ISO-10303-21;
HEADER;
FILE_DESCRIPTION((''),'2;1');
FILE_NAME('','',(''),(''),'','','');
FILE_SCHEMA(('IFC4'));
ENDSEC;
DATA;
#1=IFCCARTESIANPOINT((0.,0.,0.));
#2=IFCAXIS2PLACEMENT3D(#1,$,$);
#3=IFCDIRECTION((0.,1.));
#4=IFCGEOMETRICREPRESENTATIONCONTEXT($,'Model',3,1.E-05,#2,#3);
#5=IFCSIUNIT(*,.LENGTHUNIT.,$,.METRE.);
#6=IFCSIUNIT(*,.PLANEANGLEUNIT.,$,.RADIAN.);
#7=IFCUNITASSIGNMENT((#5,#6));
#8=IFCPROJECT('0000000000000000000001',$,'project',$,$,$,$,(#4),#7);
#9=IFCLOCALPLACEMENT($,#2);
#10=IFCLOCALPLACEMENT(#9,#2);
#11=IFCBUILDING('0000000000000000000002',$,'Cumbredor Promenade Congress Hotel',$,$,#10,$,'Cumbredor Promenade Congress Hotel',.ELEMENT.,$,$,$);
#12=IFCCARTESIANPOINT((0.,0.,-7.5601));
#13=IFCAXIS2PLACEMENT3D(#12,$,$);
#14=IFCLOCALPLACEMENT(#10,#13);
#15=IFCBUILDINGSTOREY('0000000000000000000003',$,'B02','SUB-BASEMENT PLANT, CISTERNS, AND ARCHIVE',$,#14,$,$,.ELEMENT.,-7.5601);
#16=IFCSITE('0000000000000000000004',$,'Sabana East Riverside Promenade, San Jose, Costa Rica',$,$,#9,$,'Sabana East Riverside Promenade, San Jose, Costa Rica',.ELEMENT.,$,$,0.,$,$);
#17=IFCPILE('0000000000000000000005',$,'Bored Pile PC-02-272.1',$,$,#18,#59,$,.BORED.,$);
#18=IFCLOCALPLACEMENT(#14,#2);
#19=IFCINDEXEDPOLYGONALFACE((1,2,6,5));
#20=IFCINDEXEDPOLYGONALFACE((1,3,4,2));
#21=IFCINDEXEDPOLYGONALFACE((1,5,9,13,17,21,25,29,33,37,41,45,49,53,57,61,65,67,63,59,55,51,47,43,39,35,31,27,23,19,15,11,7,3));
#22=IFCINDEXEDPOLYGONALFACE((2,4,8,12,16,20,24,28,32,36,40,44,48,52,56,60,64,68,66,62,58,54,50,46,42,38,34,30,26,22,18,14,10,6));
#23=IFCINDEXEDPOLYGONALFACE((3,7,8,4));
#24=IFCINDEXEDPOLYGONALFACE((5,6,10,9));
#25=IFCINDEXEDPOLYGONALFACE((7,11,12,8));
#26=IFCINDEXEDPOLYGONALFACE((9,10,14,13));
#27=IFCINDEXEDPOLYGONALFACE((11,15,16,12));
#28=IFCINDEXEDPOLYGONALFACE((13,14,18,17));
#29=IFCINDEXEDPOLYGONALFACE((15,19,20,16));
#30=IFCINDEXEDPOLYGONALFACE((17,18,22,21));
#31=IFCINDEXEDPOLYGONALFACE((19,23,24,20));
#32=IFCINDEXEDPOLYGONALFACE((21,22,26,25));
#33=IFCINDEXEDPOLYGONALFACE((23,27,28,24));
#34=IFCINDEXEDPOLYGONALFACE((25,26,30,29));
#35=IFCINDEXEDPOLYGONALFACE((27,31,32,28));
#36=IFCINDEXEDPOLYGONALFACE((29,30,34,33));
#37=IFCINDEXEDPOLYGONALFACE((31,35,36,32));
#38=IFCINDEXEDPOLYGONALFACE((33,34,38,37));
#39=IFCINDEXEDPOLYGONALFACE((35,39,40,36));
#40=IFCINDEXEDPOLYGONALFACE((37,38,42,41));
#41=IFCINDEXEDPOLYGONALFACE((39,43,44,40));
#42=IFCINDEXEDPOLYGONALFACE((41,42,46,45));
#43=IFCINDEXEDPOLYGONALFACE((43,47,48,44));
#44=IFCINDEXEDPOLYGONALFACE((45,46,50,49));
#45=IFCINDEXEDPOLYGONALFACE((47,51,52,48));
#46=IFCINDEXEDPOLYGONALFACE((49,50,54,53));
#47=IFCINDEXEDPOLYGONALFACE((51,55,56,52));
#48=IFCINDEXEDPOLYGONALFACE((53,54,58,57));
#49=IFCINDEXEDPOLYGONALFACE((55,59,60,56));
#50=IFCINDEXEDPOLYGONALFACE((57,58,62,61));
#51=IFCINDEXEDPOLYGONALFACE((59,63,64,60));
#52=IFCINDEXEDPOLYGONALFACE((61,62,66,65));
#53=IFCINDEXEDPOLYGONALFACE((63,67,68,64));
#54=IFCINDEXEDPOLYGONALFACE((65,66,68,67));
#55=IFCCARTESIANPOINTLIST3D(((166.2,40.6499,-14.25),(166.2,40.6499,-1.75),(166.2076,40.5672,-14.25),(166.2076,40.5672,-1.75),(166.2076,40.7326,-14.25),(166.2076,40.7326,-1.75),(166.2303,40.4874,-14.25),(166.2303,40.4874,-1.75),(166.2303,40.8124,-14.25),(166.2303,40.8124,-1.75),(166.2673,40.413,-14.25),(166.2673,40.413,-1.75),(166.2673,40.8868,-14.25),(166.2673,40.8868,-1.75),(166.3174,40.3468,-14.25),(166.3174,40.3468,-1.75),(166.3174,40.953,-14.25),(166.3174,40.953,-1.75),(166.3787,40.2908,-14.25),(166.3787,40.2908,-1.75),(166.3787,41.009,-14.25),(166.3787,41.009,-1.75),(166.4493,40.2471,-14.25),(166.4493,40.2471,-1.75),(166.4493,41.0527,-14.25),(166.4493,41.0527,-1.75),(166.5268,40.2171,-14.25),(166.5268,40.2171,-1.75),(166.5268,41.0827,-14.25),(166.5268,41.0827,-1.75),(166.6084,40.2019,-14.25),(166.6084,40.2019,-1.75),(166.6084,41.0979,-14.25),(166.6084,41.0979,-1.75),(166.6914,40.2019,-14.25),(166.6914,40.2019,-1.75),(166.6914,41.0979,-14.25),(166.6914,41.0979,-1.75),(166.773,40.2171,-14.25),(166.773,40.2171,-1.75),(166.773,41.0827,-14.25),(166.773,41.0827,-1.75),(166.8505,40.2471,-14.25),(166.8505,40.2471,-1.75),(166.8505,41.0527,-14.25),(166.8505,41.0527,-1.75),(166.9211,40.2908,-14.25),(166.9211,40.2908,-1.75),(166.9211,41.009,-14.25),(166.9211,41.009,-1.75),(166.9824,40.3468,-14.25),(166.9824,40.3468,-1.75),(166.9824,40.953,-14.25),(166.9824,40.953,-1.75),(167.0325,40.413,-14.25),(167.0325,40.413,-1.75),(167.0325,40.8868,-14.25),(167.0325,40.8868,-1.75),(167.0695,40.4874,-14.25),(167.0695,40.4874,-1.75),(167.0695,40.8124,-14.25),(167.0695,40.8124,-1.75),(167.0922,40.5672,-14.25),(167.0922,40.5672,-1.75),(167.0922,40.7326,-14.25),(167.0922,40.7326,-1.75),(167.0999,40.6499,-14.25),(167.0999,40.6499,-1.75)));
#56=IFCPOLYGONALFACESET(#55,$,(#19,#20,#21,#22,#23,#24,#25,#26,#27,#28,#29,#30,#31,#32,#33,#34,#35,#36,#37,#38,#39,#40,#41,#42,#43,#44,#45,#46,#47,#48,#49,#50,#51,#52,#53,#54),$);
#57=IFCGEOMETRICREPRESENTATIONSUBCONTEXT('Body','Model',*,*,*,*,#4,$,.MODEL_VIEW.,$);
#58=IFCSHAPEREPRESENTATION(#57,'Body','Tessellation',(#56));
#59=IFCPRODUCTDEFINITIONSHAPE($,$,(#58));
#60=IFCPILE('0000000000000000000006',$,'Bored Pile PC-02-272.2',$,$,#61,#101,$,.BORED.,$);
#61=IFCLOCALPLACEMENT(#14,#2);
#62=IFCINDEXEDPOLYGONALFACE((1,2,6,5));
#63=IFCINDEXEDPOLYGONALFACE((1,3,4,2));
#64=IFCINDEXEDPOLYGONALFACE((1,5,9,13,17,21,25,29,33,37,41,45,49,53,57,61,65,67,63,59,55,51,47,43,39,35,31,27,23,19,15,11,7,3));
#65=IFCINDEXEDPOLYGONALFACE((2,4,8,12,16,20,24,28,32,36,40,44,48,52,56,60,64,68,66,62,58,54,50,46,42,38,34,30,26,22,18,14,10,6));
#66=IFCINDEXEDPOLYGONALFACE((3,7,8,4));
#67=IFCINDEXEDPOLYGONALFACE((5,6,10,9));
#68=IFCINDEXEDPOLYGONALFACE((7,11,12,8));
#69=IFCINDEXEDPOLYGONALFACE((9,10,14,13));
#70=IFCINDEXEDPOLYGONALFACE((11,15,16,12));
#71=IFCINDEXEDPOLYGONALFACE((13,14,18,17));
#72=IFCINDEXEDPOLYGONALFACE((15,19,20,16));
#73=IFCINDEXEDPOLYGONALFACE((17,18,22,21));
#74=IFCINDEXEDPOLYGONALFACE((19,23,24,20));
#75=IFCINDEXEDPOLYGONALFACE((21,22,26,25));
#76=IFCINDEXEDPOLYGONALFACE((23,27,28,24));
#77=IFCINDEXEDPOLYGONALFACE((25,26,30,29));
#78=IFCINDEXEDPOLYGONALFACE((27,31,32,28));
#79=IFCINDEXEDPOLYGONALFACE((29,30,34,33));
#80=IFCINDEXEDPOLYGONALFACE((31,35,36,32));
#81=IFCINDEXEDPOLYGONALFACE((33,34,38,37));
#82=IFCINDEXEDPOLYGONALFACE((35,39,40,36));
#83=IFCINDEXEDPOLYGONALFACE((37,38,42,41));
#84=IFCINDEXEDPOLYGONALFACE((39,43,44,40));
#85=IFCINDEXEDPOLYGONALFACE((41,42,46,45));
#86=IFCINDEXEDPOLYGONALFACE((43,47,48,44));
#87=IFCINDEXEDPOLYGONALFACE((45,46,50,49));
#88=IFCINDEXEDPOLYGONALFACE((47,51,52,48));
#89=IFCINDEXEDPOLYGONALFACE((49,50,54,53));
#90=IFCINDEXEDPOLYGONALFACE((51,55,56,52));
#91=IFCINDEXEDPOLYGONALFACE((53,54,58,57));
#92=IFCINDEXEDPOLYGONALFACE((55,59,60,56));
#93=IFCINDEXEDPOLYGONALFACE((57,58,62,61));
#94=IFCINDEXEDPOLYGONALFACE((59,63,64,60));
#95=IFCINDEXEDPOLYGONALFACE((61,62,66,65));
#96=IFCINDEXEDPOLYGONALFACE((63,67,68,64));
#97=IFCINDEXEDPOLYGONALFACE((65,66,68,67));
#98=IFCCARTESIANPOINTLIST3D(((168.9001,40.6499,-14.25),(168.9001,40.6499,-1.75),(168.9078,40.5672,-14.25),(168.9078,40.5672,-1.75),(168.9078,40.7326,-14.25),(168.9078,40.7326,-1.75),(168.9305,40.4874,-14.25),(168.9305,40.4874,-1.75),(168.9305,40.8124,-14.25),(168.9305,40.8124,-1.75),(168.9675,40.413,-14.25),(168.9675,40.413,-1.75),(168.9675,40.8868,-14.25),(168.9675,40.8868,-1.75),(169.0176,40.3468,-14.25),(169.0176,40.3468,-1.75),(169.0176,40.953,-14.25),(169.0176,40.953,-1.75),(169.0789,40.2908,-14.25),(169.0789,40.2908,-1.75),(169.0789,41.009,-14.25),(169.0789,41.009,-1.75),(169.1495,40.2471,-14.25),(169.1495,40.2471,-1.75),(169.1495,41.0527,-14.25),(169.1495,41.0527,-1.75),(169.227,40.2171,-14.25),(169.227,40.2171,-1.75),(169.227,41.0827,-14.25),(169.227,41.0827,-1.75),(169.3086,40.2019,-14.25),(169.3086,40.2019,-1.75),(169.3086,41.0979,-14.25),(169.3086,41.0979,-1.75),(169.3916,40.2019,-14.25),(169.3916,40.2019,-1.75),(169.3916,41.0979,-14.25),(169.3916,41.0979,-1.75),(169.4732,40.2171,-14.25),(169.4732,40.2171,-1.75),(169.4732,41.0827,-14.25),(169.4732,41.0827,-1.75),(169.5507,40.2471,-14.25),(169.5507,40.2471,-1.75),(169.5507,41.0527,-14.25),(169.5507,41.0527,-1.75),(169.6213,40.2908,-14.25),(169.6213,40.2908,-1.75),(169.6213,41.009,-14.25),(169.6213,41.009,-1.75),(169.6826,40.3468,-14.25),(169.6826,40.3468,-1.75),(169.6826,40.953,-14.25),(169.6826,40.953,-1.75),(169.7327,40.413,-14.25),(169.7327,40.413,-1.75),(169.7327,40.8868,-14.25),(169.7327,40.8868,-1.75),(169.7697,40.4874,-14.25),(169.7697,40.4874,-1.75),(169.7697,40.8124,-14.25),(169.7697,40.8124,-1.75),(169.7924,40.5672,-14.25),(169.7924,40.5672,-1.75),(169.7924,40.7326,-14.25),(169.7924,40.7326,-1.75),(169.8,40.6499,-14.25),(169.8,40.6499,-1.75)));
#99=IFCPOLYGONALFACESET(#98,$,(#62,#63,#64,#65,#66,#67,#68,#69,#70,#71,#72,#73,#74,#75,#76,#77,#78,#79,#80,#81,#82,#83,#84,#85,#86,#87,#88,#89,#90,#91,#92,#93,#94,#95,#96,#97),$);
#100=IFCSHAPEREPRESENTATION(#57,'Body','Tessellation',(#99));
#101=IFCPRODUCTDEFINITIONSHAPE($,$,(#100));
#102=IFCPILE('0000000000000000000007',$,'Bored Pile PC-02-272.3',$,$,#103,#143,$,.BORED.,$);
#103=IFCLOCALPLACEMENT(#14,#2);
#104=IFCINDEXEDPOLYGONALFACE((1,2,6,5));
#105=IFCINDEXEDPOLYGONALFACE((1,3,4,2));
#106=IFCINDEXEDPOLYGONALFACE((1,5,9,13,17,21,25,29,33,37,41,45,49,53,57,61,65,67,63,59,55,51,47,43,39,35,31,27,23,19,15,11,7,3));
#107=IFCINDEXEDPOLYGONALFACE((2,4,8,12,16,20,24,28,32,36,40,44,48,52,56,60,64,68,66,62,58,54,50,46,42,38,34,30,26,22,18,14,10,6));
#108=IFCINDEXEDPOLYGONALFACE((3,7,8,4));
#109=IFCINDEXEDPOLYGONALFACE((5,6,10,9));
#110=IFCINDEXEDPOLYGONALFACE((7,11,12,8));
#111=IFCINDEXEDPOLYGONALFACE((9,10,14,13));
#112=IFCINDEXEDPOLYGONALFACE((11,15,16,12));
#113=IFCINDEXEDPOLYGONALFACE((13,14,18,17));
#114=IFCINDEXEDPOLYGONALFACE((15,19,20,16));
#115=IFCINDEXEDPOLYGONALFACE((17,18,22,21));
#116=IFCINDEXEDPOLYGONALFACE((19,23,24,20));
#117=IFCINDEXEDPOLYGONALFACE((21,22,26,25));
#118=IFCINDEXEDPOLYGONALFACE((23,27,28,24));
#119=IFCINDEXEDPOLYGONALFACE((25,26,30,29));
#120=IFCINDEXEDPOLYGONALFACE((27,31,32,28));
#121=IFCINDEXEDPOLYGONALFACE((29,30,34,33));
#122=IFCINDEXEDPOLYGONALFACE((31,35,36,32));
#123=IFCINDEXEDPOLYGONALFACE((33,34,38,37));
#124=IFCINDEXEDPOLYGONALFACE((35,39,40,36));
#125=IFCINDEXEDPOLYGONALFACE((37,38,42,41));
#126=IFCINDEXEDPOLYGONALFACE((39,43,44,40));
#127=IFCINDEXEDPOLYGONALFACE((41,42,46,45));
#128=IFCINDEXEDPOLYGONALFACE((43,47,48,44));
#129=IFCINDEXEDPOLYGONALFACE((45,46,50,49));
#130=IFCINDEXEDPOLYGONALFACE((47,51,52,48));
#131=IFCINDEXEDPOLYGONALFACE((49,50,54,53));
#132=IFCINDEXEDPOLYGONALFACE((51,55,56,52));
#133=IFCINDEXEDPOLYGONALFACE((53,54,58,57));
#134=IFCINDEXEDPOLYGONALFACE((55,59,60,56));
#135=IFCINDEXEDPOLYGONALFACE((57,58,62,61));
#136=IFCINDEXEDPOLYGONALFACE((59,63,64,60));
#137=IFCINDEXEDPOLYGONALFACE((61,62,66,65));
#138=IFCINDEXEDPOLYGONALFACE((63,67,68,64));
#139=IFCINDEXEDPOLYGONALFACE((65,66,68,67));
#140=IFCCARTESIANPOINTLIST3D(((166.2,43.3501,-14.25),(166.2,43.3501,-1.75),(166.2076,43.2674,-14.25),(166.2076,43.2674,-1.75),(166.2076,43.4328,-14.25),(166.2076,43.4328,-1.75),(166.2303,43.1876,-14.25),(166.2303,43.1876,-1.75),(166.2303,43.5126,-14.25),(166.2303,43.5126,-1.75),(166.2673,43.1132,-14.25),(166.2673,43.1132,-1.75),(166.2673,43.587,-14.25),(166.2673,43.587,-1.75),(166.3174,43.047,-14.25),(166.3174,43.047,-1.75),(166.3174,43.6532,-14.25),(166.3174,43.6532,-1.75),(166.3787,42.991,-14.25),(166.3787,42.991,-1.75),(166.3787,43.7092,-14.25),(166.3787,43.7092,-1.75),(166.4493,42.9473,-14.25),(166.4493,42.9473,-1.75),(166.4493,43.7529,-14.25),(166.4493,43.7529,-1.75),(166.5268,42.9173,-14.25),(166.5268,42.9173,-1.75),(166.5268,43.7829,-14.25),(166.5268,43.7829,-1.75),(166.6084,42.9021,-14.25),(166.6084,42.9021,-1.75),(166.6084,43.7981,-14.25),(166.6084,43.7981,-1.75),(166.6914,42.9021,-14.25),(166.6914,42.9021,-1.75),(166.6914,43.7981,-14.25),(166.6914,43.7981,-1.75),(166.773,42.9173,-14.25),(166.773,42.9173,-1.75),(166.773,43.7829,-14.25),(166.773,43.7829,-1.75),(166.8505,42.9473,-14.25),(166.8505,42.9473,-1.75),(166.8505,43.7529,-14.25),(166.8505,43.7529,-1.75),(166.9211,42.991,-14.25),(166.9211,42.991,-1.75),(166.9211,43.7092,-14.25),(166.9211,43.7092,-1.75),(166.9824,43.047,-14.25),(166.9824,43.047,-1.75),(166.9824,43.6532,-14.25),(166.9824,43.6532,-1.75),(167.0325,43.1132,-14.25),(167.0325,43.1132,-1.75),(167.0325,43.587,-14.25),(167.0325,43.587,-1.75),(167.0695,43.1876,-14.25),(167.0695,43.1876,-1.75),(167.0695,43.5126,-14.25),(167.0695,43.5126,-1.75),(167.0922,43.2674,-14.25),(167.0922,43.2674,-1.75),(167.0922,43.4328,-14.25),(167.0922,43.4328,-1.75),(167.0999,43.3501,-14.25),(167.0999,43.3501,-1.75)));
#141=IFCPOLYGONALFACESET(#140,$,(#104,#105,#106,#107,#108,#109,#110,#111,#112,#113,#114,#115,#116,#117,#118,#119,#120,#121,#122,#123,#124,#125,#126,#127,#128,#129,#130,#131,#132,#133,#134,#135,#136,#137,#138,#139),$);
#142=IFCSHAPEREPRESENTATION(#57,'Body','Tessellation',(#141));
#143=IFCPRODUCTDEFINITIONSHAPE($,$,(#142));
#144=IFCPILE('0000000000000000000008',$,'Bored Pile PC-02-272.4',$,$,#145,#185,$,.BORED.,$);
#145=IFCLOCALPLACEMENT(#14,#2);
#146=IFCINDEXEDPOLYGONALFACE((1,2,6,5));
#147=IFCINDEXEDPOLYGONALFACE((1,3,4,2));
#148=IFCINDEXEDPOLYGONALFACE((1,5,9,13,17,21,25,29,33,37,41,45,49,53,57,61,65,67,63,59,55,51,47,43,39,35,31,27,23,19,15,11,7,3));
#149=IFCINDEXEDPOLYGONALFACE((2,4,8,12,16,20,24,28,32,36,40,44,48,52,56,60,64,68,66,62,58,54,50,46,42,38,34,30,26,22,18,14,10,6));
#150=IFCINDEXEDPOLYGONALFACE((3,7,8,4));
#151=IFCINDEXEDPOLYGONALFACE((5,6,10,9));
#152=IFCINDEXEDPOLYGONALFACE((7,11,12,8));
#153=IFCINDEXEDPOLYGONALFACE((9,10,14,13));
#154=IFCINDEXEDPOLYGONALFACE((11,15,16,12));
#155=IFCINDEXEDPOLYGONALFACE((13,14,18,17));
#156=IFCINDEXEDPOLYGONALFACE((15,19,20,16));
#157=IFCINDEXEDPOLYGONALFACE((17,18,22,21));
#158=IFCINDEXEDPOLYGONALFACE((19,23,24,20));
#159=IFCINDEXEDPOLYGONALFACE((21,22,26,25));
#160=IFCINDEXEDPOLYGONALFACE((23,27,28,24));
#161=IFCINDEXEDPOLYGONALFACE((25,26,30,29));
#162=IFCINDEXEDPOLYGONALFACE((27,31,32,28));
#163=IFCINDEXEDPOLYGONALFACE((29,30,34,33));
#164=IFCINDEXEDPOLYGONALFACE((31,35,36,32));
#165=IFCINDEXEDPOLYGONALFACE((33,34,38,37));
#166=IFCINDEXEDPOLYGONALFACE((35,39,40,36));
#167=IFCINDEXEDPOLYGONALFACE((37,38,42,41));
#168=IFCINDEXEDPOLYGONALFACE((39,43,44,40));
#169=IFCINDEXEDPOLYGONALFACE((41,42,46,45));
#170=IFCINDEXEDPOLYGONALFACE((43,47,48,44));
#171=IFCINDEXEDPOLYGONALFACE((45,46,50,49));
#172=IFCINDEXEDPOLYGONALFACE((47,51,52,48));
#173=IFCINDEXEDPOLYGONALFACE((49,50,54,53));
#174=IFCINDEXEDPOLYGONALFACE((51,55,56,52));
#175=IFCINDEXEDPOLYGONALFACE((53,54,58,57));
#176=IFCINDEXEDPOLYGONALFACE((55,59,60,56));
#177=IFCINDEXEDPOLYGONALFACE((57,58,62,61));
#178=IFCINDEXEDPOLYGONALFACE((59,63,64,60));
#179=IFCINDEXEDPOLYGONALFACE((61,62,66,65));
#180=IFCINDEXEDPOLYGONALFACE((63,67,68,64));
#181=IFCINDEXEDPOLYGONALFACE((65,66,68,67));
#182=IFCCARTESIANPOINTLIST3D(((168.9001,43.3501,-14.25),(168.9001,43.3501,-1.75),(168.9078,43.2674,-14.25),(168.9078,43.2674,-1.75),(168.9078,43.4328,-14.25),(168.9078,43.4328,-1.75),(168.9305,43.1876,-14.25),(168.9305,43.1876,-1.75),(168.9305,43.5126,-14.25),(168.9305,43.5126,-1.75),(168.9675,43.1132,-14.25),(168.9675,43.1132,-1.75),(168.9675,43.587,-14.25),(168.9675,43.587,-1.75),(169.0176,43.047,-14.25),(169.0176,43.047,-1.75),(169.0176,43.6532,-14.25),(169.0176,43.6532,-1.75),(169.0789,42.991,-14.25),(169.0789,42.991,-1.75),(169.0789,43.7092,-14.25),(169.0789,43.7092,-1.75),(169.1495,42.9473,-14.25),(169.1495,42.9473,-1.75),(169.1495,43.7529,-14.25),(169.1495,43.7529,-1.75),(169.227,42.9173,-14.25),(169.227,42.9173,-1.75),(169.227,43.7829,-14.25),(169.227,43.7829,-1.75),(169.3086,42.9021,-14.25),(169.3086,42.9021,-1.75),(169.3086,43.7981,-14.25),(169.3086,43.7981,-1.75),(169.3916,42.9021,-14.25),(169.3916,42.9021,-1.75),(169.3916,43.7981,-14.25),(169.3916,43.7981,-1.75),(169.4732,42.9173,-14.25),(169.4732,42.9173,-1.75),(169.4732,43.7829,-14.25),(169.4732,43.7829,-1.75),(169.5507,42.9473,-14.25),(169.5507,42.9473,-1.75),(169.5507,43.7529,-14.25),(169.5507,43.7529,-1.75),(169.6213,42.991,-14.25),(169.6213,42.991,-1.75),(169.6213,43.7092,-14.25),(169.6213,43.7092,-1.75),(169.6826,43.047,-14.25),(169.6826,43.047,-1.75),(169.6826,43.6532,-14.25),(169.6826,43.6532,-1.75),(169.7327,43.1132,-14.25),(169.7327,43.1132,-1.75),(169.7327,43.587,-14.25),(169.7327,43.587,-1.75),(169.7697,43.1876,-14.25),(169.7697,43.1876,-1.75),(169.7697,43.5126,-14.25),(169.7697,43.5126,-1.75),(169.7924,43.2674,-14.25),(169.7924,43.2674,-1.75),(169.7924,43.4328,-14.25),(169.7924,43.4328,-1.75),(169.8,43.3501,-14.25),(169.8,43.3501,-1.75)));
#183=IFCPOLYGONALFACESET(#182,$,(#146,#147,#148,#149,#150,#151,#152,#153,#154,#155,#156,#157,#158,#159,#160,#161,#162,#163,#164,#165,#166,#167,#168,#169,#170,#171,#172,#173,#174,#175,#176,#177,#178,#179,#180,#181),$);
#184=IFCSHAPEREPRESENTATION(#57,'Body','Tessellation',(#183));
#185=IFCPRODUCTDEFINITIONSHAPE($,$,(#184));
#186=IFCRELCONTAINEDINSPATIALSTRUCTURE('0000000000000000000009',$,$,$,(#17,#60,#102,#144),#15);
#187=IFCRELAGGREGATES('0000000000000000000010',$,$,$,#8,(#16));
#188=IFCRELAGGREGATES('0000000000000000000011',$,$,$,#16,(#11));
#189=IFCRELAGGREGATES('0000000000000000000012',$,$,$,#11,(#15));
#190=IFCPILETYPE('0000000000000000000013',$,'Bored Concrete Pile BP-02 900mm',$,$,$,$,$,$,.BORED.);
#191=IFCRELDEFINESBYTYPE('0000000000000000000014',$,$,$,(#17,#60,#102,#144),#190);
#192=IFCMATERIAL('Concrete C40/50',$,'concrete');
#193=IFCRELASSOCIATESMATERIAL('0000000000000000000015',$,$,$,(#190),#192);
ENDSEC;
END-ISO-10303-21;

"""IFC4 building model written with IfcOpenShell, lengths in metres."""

from ifc_helpers import new_model, si_unit, direction, frame, origin, origin_2d, place, context, subcontext, project, spatial, circle, extrude, material, material_profile, profile_set, type_object, element, save


model = new_model("IFC4")

# Units and contexts
model_context = context("Model", 3, precision=1e-05, world=origin(), true_north=direction((0.0, 1.0)))
body_context = subcontext(model_context, "Body", "Model", "MODEL_VIEW")
ifc_project = project(units=[si_unit("LENGTHUNIT", "METRE"), si_unit("PLANEANGLEUNIT", "RADIAN")], contexts=[model_context])

# Site, building, storey
site_placement = place(None, origin())
site = spatial("IfcSite", under=ifc_project, at=site_placement, Name="Sabana East Riverside Promenade, San Jose, Costa Rica", LongName="Sabana East Riverside Promenade, San Jose, Costa Rica", CompositionType="ELEMENT", RefElevation=0.0)
building_placement = place(site_placement, origin())
building = spatial("IfcBuilding", under=site, at=building_placement, Name="Cumbredor Promenade Congress Hotel", LongName="Cumbredor Promenade Congress Hotel", CompositionType="ELEMENT")
storey_placement = place(building_placement, frame((0.0, 0.0, -7.5601)))
storey = spatial("IfcBuildingStorey", under=building, at=storey_placement, Name="B02", Description="SUB-BASEMENT PLANT, CISTERNS, AND ARCHIVE", CompositionType="ELEMENT", Elevation=-7.5601)

# Piles
ifc_material_1 = material(Name="Concrete C40/50", Category="concrete")
ifc_material_profile_1 = material_profile(ifc_material_1, circle(Radius=0.45, at=origin_2d()), Name="PILE D900")
ifc_profile_set_1 = profile_set([ifc_material_profile_1], Name="Concrete C40/50")
pile_type = type_object("IfcPileType", Name="Bored Concrete Pile BP-02 900mm", PredefinedType="BORED", material=ifc_profile_set_1)
for number, where, z_axis, x_axis, name in (
    (1, (166.6499, 40.6499, -1.75), (0.0, 0.0, -1.0), (1.0, 0.0, 0.0), "Bored Pile PC-02-272.1"),
    (2, (169.3501, 40.6499, -1.75), (0.0, 0.0, -1.0), (1.0, 0.0, 0.0), "Bored Pile PC-02-272.2"),
    (3, (166.6499, 43.3501, -1.75), (0.0, 0.0, -1.0), (1.0, 0.0, 0.0), "Bored Pile PC-02-272.3"),
    (4, (169.3501, 43.3501, -1.75), (0.0, 0.0, -1.0), (1.0, 0.0, 0.0), "Bored Pile PC-02-272.4"),
):
    element("IfcPile", number, at=place(storey_placement, frame(where, z_axis=z_axis, x_axis=x_axis)), inside=storey, type_object=pile_type, Name=name, PredefinedType="BORED", context=body_context, shape_type="SweptSolid", body=[
        extrude(circle(Radius=0.45, at=origin_2d()), origin(), (0.0, 0.0, 1.0), 12.5),
    ])

save(model, "model.ifc")
